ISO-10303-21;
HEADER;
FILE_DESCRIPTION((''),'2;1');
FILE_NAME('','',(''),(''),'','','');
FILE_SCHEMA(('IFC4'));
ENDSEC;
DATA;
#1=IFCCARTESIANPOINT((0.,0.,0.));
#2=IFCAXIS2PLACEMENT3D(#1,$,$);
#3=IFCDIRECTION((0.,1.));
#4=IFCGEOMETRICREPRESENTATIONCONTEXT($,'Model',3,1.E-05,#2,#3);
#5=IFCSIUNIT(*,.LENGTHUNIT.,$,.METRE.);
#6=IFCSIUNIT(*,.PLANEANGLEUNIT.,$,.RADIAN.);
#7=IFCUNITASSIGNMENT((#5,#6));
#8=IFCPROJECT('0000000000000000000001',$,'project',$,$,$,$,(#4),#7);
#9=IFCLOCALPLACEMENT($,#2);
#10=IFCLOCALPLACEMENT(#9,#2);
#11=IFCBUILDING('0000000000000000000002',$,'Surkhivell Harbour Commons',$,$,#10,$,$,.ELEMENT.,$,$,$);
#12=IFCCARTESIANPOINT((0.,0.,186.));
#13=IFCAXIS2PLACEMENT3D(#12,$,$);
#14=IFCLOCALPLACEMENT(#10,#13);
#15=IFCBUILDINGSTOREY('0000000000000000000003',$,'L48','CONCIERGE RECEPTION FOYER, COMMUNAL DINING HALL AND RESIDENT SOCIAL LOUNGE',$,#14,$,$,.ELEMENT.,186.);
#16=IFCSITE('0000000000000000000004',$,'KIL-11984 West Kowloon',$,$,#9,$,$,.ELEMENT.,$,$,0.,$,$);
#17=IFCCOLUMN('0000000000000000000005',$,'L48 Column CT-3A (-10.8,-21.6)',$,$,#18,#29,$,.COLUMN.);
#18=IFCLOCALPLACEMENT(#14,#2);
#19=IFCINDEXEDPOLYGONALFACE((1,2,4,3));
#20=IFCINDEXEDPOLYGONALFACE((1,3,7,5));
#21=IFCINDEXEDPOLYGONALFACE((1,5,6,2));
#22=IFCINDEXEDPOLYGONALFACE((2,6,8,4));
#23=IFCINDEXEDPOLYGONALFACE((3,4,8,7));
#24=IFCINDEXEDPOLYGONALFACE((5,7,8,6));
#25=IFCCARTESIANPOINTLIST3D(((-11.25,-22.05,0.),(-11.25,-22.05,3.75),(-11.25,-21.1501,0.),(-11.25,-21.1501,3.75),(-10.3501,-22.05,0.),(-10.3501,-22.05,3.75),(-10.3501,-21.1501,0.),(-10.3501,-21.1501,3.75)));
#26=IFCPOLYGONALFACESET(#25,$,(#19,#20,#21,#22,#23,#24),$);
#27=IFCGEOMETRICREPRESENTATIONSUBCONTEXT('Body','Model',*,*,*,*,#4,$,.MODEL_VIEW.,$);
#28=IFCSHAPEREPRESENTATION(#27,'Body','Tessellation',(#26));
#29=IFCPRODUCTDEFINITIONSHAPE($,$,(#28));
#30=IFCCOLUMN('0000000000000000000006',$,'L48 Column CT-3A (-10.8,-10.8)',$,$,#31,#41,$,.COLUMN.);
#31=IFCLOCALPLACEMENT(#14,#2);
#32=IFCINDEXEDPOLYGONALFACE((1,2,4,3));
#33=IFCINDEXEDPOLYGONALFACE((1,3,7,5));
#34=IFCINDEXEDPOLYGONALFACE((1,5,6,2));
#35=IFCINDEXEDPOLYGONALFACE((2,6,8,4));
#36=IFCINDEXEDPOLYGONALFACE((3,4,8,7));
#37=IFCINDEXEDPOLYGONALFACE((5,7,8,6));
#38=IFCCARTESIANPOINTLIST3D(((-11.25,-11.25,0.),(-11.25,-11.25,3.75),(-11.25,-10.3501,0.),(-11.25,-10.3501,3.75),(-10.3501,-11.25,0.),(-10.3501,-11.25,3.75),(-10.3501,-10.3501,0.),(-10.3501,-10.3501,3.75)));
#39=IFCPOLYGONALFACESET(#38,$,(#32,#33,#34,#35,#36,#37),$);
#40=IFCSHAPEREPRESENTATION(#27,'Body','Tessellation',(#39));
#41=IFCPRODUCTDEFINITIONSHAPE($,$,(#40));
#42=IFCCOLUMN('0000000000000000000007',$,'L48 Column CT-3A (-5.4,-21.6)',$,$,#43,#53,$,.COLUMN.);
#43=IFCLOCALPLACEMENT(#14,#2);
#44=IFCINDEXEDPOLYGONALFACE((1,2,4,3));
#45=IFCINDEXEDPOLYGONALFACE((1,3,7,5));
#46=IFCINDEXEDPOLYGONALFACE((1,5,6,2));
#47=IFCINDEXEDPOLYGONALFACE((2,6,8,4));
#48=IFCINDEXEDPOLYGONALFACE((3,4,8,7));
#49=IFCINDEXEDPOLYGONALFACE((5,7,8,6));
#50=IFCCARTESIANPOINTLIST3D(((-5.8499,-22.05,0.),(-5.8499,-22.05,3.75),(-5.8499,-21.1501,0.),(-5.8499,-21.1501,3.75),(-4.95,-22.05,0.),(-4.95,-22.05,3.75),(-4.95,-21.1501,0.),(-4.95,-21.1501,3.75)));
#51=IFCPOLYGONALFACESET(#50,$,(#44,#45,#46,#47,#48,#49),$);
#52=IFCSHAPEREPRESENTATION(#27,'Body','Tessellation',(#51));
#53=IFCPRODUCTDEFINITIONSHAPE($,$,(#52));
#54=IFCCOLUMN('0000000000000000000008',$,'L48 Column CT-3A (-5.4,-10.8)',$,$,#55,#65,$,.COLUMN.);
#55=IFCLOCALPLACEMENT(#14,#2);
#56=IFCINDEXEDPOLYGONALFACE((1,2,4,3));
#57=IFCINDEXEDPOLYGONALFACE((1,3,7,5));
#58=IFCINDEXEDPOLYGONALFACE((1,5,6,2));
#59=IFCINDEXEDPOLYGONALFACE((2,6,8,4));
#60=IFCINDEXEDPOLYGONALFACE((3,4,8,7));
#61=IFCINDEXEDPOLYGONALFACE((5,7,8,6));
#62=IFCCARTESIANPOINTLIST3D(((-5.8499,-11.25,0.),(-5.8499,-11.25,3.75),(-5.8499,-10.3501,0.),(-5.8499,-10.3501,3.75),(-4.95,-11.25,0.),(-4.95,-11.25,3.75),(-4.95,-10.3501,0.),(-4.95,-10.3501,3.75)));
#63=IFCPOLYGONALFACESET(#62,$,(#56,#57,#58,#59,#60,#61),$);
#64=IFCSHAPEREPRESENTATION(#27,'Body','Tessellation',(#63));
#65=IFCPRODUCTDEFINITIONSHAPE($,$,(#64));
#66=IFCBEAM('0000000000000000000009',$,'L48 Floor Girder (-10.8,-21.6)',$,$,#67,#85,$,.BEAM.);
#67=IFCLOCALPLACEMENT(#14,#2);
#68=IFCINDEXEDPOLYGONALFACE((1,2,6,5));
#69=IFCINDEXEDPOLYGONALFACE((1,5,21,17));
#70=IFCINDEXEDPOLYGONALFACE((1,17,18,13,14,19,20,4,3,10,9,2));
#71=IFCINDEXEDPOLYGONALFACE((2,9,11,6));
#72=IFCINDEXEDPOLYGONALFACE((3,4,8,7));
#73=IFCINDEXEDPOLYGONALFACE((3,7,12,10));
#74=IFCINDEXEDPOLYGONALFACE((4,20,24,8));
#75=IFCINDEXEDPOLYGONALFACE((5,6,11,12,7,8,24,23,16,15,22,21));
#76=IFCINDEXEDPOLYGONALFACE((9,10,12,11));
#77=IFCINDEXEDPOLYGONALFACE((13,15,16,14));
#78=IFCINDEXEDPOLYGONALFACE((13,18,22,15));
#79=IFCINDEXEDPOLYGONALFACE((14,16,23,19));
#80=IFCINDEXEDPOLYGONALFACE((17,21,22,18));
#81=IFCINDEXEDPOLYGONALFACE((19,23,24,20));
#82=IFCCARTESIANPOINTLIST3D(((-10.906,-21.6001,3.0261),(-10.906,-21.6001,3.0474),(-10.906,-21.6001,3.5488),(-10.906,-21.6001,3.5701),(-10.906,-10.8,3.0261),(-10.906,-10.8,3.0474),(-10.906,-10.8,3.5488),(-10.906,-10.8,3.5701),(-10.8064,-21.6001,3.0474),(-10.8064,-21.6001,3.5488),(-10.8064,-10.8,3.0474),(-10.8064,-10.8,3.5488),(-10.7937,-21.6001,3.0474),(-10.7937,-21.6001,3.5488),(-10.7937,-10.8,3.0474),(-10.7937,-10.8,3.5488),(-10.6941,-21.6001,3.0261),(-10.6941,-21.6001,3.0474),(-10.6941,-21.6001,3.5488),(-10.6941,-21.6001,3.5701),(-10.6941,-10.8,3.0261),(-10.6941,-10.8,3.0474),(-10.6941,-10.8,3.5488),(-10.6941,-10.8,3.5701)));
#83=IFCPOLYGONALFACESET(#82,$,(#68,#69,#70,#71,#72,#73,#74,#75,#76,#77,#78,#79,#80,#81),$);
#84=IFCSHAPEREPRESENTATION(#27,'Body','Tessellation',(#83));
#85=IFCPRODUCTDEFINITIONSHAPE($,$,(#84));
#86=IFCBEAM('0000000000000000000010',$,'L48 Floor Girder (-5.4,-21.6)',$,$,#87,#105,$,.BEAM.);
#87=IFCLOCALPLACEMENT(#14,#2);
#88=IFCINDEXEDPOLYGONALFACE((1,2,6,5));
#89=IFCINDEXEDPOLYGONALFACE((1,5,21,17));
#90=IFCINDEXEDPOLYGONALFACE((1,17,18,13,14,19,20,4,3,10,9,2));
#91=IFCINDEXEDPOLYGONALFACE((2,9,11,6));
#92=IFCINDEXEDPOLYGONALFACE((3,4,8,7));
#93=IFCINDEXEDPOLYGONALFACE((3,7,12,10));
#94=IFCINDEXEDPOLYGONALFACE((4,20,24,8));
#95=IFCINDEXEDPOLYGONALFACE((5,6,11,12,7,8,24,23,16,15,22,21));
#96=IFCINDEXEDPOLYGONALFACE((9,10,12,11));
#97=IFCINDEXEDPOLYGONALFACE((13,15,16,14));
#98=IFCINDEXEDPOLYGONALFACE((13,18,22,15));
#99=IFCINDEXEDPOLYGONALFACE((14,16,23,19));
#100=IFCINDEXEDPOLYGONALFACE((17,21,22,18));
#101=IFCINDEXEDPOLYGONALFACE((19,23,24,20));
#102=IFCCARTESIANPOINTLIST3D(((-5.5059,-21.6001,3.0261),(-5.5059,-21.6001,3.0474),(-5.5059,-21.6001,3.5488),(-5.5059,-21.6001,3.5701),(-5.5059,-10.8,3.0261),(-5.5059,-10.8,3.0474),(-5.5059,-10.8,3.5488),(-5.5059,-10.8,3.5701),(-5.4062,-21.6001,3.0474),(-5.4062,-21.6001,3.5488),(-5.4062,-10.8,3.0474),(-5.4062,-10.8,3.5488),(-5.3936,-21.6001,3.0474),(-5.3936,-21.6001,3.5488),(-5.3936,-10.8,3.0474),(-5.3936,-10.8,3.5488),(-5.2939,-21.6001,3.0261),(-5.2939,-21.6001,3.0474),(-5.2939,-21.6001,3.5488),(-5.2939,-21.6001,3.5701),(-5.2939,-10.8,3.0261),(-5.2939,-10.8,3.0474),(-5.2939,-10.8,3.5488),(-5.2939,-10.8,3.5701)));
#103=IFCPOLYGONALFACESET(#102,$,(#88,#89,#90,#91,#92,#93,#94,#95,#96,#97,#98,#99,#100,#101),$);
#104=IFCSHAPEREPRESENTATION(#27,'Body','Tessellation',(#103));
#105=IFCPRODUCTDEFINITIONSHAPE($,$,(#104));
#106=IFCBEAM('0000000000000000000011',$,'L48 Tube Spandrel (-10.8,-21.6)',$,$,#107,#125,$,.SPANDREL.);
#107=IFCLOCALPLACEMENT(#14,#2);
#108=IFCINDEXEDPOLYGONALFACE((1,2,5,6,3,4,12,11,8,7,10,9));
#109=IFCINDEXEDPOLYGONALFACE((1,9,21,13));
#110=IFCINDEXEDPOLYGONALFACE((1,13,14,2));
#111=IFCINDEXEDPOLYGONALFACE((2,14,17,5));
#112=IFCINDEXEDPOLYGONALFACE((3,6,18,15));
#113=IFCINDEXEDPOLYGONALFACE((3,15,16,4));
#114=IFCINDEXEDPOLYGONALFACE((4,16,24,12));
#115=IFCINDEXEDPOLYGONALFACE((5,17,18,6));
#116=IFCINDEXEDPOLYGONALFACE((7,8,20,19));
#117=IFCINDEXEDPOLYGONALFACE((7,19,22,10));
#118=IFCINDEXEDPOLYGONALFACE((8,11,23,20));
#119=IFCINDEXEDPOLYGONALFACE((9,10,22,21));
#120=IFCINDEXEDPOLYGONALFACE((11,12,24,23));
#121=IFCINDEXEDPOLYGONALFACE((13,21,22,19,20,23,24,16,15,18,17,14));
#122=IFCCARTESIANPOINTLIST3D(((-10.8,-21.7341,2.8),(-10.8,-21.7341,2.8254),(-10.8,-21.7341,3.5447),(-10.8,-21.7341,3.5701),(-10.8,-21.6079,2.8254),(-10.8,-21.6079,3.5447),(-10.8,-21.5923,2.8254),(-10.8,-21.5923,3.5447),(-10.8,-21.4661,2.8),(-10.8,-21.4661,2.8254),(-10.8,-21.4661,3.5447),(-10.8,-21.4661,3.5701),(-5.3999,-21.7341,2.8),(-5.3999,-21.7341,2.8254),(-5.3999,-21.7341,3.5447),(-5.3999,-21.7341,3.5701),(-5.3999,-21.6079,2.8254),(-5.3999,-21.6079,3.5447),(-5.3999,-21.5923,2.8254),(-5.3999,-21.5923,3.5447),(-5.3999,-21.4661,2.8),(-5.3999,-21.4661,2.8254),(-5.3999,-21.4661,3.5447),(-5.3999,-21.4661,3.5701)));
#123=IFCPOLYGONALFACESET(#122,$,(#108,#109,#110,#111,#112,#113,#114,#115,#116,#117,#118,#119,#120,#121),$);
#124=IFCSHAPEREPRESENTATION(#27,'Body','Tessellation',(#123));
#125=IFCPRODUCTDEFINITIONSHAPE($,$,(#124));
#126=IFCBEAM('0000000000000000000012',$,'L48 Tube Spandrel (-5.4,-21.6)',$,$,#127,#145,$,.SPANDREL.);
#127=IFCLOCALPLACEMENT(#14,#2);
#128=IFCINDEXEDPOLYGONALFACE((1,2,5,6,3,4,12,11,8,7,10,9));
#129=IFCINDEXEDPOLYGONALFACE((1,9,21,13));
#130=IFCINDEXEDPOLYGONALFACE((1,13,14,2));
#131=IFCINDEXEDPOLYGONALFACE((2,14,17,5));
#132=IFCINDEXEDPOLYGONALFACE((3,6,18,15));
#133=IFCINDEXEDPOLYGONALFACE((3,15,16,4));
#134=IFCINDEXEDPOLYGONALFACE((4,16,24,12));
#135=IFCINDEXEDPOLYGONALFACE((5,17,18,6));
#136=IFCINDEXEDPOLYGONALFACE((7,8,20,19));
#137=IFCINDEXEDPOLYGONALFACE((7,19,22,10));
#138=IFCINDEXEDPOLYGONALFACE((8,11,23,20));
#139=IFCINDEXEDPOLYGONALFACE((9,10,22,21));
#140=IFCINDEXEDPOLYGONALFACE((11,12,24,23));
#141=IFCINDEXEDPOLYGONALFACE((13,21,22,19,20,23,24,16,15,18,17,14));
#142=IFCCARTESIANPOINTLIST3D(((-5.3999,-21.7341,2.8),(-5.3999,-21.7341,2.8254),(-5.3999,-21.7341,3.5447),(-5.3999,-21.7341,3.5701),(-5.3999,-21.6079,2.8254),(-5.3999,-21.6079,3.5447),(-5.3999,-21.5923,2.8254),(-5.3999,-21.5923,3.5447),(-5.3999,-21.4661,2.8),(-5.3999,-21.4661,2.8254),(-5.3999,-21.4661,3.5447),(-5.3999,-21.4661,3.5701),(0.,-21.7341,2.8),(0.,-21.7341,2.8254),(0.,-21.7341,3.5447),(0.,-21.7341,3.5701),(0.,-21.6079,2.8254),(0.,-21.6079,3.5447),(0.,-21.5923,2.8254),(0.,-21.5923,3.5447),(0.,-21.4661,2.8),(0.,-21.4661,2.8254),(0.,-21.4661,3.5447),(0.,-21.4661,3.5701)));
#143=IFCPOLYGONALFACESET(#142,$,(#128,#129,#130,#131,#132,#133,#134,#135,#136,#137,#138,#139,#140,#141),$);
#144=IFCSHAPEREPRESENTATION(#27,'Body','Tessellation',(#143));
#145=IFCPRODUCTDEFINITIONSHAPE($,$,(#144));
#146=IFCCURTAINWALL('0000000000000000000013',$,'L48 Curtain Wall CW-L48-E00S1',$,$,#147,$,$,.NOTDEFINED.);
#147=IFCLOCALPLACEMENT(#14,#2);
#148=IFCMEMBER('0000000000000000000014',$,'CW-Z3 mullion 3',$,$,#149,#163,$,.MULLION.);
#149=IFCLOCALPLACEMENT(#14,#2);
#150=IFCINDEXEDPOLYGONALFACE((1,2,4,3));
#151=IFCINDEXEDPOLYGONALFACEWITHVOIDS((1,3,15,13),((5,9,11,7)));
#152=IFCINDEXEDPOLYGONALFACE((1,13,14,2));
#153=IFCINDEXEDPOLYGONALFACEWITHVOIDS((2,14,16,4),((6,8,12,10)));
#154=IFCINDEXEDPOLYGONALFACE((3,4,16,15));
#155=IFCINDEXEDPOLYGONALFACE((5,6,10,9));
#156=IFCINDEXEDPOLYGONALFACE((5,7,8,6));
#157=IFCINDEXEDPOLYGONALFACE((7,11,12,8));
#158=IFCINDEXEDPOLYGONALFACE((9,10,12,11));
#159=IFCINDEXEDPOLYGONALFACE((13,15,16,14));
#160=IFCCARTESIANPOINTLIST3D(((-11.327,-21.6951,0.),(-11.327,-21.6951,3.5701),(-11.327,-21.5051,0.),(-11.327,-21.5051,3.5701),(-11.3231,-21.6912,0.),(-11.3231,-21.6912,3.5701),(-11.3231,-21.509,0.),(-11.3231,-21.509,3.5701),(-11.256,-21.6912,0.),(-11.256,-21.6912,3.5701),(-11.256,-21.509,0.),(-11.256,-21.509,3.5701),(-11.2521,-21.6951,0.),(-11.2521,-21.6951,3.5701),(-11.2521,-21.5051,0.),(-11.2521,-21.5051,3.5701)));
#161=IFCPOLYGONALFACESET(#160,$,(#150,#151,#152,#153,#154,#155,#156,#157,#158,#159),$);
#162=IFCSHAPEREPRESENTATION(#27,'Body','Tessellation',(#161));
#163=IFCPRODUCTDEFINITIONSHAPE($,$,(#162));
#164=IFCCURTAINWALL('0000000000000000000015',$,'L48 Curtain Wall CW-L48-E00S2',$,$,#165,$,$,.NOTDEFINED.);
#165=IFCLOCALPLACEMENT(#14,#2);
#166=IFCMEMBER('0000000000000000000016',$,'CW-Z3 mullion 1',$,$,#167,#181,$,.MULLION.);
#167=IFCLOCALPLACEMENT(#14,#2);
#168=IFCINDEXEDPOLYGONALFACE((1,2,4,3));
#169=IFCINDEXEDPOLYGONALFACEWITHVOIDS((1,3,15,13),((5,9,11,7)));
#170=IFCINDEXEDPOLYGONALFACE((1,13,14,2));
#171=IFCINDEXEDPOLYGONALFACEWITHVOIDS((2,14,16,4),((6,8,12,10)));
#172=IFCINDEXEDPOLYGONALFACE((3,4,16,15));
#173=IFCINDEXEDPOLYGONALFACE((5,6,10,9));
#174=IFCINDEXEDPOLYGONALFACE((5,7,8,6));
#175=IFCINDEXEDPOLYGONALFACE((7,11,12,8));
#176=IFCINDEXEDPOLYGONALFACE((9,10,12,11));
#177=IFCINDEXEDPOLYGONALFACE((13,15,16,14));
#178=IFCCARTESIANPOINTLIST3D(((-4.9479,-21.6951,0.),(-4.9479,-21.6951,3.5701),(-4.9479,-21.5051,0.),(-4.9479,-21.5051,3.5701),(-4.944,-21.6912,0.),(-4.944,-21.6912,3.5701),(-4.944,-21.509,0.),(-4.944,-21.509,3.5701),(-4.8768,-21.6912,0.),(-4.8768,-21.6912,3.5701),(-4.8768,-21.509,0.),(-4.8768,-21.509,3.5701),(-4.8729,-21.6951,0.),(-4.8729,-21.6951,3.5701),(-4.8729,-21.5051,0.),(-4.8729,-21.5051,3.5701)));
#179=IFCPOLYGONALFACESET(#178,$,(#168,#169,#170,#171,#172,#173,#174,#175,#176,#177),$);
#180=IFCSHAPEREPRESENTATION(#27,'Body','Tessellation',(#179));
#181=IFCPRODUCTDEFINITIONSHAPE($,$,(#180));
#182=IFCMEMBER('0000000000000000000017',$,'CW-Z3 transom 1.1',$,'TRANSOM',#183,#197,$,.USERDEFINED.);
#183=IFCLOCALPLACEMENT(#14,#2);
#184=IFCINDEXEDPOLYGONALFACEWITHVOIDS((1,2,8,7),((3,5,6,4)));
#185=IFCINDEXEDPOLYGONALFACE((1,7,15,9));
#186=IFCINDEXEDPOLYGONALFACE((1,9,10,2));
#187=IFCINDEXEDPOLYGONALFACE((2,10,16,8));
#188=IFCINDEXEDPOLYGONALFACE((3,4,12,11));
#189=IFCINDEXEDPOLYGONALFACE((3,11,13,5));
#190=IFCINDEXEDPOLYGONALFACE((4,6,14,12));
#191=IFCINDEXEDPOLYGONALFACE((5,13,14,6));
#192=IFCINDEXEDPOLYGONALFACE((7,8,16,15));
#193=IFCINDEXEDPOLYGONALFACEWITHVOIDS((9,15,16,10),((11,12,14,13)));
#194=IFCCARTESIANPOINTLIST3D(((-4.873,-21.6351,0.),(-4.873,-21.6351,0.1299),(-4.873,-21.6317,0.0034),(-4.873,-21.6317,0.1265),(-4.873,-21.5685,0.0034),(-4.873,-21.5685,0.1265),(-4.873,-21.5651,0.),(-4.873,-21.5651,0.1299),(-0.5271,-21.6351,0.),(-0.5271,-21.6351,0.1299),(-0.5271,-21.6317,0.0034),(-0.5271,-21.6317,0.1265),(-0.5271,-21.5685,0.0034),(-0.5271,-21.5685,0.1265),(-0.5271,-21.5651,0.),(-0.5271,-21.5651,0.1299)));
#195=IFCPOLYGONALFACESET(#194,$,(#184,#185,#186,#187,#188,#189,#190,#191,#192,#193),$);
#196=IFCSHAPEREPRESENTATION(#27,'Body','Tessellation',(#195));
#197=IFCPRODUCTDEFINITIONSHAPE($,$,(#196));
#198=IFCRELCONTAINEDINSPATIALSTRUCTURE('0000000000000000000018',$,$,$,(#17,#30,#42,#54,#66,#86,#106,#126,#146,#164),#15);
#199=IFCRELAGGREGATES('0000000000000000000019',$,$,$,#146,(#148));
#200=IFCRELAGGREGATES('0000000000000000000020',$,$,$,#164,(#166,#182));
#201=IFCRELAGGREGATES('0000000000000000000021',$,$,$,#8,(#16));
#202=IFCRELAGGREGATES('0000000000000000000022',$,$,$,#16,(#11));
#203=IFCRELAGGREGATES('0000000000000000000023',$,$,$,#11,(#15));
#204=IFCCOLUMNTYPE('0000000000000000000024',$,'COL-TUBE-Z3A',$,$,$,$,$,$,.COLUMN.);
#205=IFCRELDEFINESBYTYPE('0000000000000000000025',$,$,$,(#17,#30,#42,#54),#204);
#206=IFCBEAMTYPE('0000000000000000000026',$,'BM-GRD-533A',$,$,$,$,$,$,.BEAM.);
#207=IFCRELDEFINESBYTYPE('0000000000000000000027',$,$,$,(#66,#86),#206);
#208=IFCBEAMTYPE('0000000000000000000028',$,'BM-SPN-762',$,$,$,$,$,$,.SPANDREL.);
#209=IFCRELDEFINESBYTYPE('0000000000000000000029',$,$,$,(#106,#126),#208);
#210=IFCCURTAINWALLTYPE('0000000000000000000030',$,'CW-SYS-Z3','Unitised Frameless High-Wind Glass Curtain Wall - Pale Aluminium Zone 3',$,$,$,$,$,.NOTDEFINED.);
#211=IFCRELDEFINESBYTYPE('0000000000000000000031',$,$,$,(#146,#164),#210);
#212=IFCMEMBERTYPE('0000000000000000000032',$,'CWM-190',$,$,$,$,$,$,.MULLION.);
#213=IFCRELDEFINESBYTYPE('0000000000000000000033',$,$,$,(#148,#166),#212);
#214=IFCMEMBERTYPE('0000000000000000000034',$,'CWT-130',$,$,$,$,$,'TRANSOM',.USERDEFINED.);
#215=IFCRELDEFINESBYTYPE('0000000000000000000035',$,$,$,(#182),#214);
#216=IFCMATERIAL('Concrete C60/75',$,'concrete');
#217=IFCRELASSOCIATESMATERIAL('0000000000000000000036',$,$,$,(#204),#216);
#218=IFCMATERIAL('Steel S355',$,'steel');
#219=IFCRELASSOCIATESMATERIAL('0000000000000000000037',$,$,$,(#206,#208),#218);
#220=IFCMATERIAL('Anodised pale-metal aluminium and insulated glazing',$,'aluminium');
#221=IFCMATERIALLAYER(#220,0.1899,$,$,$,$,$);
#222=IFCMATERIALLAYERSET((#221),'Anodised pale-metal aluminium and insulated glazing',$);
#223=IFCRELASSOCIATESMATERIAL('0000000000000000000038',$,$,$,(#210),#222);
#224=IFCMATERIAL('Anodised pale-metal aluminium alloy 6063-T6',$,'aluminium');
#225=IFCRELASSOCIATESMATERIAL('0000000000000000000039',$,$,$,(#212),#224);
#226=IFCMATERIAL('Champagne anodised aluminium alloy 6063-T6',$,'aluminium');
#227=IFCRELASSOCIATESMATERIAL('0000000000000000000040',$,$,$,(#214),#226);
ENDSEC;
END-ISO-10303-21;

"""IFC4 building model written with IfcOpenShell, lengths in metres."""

from ifc_helpers import new_model, si_unit, direction, frame, origin, origin_2d, place, context, subcontext, project, spatial, rectangle, hollow_rectangle, i_section, extrude, material, layer, layer_set, material_profile, profile_set, type_object, element, aggregate, save


model = new_model("IFC4")

# Units and contexts
model_context = context("Model", 3, precision=1e-05, world=origin(), true_north=direction((0.0, 1.0)))
body_context = subcontext(model_context, "Body", "Model", "MODEL_VIEW")
ifc_project = project(units=[si_unit("LENGTHUNIT", "METRE"), si_unit("PLANEANGLEUNIT", "RADIAN")], contexts=[model_context])

# Site, building, storey
site_placement = place(None, origin())
site = spatial("IfcSite", under=ifc_project, at=site_placement, Name="KIL-11984 West Kowloon", CompositionType="ELEMENT", RefElevation=0.0)
building_placement = place(site_placement, origin())
building = spatial("IfcBuilding", under=site, at=building_placement, Name="Surkhivell Harbour Commons", CompositionType="ELEMENT")
storey_placement = place(building_placement, frame((0.0, 0.0, 186.0)))
storey = spatial("IfcBuildingStorey", under=building, at=storey_placement, Name="L48", Description="CONCIERGE RECEPTION FOYER, COMMUNAL DINING HALL AND RESIDENT SOCIAL LOUNGE", CompositionType="ELEMENT", Elevation=186.0)

# Columns
ifc_material_1 = material(Name="Concrete C60/75", Category="concrete")
ifc_material_profile_1 = material_profile(ifc_material_1, rectangle(XDim=0.8999, YDim=0.8999, at=origin_2d()), Name="RC-COL-900x900")
ifc_profile_set_1 = profile_set([ifc_material_profile_1], Name="Concrete C60/75")
column_type = type_object("IfcColumnType", Name="COL-TUBE-Z3A", PredefinedType="COLUMN", material=ifc_profile_set_1)
for number, where, z_axis, x_axis, name in (
    (1, (-10.8, -21.6001, 0.0), (0.0, 0.0, 1.0), (1.0, 0.0, 0.0), "L48 Column CT-3A (-10.8,-21.6)"),
    (2, (-10.8, -10.8, 0.0), (0.0, 0.0, 1.0), (1.0, 0.0, 0.0), "L48 Column CT-3A (-10.8,-10.8)"),
    (3, (-5.3999, -21.6001, 0.0), (0.0, 0.0, 1.0), (1.0, 0.0, 0.0), "L48 Column CT-3A (-5.4,-21.6)"),
    (4, (-5.3999, -10.8, 0.0), (0.0, 0.0, 1.0), (1.0, 0.0, 0.0), "L48 Column CT-3A (-5.4,-10.8)"),
):
    element("IfcColumn", number, at=place(storey_placement, frame(where, z_axis=z_axis, x_axis=x_axis)), inside=storey, type_object=column_type, Name=name, PredefinedType="COLUMN", context=body_context, shape_type="SweptSolid", body=[
        extrude(rectangle(XDim=0.8999, YDim=0.8999, at=origin_2d()), origin(), (0.0, 0.0, 1.0), 3.75),
    ])

# Beams
ifc_material_2 = material(Name="Steel S355", Category="steel")
ifc_material_profile_2 = material_profile(ifc_material_2, i_section(OverallWidth=0.2119, OverallDepth=0.5439, WebThickness=0.0127, FlangeThickness=0.0212, at=origin_2d()), Name="UB533x210x122")
ifc_profile_set_2 = profile_set([ifc_material_profile_2], Name="Steel S355")
beam_type_1 = type_object("IfcBeamType", Name="BM-GRD-533A", PredefinedType="BEAM", material=ifc_profile_set_2)
for number, where, z_axis, x_axis, name in (
    (5, (-10.8, -21.6001, 3.2981), (0.0, 1.0, 0.0), (-1.0, 0.0, 0.0), "L48 Floor Girder (-10.8,-21.6)"),
    (6, (-5.3999, -21.6001, 3.2981), (0.0, 1.0, 0.0), (-1.0, 0.0, 0.0), "L48 Floor Girder (-5.4,-21.6)"),
):
    element("IfcBeam", number, at=place(storey_placement, frame(where, z_axis=z_axis, x_axis=x_axis)), inside=storey, type_object=beam_type_1, Name=name, PredefinedType="BEAM", context=body_context, shape_type="SweptSolid", body=[
        extrude(i_section(OverallWidth=0.2119, OverallDepth=0.5439, WebThickness=0.0127, FlangeThickness=0.0212, at=origin_2d()), origin(), (0.0, 0.0, 1.0), 10.8),
    ])
ifc_material_profile_3 = material_profile(ifc_material_2, i_section(OverallWidth=0.2681, OverallDepth=0.77, WebThickness=0.0156, FlangeThickness=0.0254, at=origin_2d()), Name="UB762x267x197")
ifc_profile_set_3 = profile_set([ifc_material_profile_3], Name="Steel S355")
beam_type_2 = type_object("IfcBeamType", Name="BM-SPN-762", PredefinedType="SPANDREL", material=ifc_profile_set_3)
beam_1_placement = place(storey_placement, frame((-10.8, -21.6001, 3.1851), z_axis=(1.0, 0.0, 0.0), x_axis=(0.0, 1.0, 0.0)))
element("IfcBeam", 7, at=beam_1_placement, inside=storey, type_object=beam_type_2, Name="L48 Tube Spandrel (-10.8,-21.6)", PredefinedType="SPANDREL", context=body_context, shape_type="SweptSolid", body=[
    extrude(i_section(OverallWidth=0.2681, OverallDepth=0.77, WebThickness=0.0156, FlangeThickness=0.0254, at=origin_2d()), origin(), (0.0, 0.0, 1.0), 5.4001),
])
beam_2_placement = place(storey_placement, frame((-5.3999, -21.6001, 3.1851), z_axis=(1.0, 0.0, 0.0), x_axis=(0.0, 1.0, 0.0)))
element("IfcBeam", 8, at=beam_2_placement, inside=storey, type_object=beam_type_2, Name="L48 Tube Spandrel (-5.4,-21.6)", PredefinedType="SPANDREL", context=body_context, shape_type="SweptSolid", body=[
    extrude(i_section(OverallWidth=0.2681, OverallDepth=0.77, WebThickness=0.0156, FlangeThickness=0.0254, at=origin_2d()), origin(), (0.0, 0.0, 1.0), 5.3999),
])

# Curtain wall, member
ifc_material_3 = material(Name="Anodised pale-metal aluminium and insulated glazing", Category="aluminium")
ifc_layer_1 = layer(ifc_material_3, 0.1899)
ifc_layer_set_1 = layer_set([ifc_layer_1], Name="Anodised pale-metal aluminium and insulated glazing")
curtain_wall_type = type_object("IfcCurtainWallType", Name="CW-SYS-Z3", Description="Unitised Frameless High-Wind Glass Curtain Wall - Pale Aluminium Zone 3", PredefinedType="NOTDEFINED", material=ifc_layer_set_1)
curtain_wall_1_placement = place(storey_placement, origin())
curtain_wall_1 = element("IfcCurtainWall", 9, at=curtain_wall_1_placement, inside=storey, type_object=curtain_wall_type, Name="L48 Curtain Wall CW-L48-E00S1", PredefinedType="NOTDEFINED")
ifc_material_4 = material(Name="Anodised pale-metal aluminium alloy 6063-T6", Category="aluminium")
ifc_material_profile_4 = material_profile(ifc_material_4, hollow_rectangle(XDim=0.075, YDim=0.1899, WallThickness=0.0039, at=origin_2d()), Name="ALU-MULL-75x190")
ifc_profile_set_4 = profile_set([ifc_material_profile_4], Name="Anodised pale-metal aluminium alloy 6063-T6")
member_type_1 = type_object("IfcMemberType", Name="CWM-190", PredefinedType="MULLION", material=ifc_profile_set_4)
member_1_placement = place(storey_placement, frame((-11.2896, -21.6001, 0.0), z_axis=(0.0, 0.0, 1.0), x_axis=(1.0, 0.0, 0.0)))
member_1 = element("IfcMember", 10, at=member_1_placement, type_object=member_type_1, Name="CW-Z3 mullion 3", PredefinedType="MULLION", context=body_context, shape_type="SweptSolid", body=[
    extrude(hollow_rectangle(XDim=0.075, YDim=0.1899, WallThickness=0.0039, at=origin_2d()), origin(), (0.0, 0.0, 1.0), 3.5701),
])
aggregate(curtain_wall_1, [member_1])

# Curtain wall, members
curtain_wall_2_placement = place(storey_placement, origin())
curtain_wall_2 = element("IfcCurtainWall", 11, at=curtain_wall_2_placement, inside=storey, type_object=curtain_wall_type, Name="L48 Curtain Wall CW-L48-E00S2", PredefinedType="NOTDEFINED")
member_2_placement = place(storey_placement, frame((-4.9104, -21.6001, 0.0), z_axis=(0.0, 0.0, 1.0), x_axis=(1.0, 0.0, 0.0)))
member_2 = element("IfcMember", 12, at=member_2_placement, type_object=member_type_1, Name="CW-Z3 mullion 1", PredefinedType="MULLION", context=body_context, shape_type="SweptSolid", body=[
    extrude(hollow_rectangle(XDim=0.075, YDim=0.1899, WallThickness=0.0039, at=origin_2d()), origin(), (0.0, 0.0, 1.0), 3.5701),
])
ifc_material_5 = material(Name="Champagne anodised aluminium alloy 6063-T6", Category="aluminium")
ifc_material_profile_5 = material_profile(ifc_material_5, hollow_rectangle(XDim=0.0701, YDim=0.1299, WallThickness=0.0034, at=origin_2d()), Name="ALU-TRAN-70x130")
ifc_profile_set_5 = profile_set([ifc_material_profile_5], Name="Champagne anodised aluminium alloy 6063-T6")
member_type_2 = type_object("IfcMemberType", Name="CWT-130", ElementType="TRANSOM", PredefinedType="USERDEFINED", material=ifc_profile_set_5)
member_3_placement = place(storey_placement, frame((-4.873, -21.6001, 0.0649), z_axis=(1.0, 0.0, 0.0), x_axis=(0.0, 1.0, 0.0)))
member_3 = element("IfcMember", 13, at=member_3_placement, type_object=member_type_2, Name="CW-Z3 transom 1.1", ObjectType="TRANSOM", PredefinedType="USERDEFINED", context=body_context, shape_type="SweptSolid", body=[
    extrude(hollow_rectangle(XDim=0.0701, YDim=0.1299, WallThickness=0.0034, at=origin_2d()), origin(), (0.0, 0.0, 1.0), 4.3459),
])

aggregate(curtain_wall_2, [member_2, member_3])

save(model, "model.ifc")
